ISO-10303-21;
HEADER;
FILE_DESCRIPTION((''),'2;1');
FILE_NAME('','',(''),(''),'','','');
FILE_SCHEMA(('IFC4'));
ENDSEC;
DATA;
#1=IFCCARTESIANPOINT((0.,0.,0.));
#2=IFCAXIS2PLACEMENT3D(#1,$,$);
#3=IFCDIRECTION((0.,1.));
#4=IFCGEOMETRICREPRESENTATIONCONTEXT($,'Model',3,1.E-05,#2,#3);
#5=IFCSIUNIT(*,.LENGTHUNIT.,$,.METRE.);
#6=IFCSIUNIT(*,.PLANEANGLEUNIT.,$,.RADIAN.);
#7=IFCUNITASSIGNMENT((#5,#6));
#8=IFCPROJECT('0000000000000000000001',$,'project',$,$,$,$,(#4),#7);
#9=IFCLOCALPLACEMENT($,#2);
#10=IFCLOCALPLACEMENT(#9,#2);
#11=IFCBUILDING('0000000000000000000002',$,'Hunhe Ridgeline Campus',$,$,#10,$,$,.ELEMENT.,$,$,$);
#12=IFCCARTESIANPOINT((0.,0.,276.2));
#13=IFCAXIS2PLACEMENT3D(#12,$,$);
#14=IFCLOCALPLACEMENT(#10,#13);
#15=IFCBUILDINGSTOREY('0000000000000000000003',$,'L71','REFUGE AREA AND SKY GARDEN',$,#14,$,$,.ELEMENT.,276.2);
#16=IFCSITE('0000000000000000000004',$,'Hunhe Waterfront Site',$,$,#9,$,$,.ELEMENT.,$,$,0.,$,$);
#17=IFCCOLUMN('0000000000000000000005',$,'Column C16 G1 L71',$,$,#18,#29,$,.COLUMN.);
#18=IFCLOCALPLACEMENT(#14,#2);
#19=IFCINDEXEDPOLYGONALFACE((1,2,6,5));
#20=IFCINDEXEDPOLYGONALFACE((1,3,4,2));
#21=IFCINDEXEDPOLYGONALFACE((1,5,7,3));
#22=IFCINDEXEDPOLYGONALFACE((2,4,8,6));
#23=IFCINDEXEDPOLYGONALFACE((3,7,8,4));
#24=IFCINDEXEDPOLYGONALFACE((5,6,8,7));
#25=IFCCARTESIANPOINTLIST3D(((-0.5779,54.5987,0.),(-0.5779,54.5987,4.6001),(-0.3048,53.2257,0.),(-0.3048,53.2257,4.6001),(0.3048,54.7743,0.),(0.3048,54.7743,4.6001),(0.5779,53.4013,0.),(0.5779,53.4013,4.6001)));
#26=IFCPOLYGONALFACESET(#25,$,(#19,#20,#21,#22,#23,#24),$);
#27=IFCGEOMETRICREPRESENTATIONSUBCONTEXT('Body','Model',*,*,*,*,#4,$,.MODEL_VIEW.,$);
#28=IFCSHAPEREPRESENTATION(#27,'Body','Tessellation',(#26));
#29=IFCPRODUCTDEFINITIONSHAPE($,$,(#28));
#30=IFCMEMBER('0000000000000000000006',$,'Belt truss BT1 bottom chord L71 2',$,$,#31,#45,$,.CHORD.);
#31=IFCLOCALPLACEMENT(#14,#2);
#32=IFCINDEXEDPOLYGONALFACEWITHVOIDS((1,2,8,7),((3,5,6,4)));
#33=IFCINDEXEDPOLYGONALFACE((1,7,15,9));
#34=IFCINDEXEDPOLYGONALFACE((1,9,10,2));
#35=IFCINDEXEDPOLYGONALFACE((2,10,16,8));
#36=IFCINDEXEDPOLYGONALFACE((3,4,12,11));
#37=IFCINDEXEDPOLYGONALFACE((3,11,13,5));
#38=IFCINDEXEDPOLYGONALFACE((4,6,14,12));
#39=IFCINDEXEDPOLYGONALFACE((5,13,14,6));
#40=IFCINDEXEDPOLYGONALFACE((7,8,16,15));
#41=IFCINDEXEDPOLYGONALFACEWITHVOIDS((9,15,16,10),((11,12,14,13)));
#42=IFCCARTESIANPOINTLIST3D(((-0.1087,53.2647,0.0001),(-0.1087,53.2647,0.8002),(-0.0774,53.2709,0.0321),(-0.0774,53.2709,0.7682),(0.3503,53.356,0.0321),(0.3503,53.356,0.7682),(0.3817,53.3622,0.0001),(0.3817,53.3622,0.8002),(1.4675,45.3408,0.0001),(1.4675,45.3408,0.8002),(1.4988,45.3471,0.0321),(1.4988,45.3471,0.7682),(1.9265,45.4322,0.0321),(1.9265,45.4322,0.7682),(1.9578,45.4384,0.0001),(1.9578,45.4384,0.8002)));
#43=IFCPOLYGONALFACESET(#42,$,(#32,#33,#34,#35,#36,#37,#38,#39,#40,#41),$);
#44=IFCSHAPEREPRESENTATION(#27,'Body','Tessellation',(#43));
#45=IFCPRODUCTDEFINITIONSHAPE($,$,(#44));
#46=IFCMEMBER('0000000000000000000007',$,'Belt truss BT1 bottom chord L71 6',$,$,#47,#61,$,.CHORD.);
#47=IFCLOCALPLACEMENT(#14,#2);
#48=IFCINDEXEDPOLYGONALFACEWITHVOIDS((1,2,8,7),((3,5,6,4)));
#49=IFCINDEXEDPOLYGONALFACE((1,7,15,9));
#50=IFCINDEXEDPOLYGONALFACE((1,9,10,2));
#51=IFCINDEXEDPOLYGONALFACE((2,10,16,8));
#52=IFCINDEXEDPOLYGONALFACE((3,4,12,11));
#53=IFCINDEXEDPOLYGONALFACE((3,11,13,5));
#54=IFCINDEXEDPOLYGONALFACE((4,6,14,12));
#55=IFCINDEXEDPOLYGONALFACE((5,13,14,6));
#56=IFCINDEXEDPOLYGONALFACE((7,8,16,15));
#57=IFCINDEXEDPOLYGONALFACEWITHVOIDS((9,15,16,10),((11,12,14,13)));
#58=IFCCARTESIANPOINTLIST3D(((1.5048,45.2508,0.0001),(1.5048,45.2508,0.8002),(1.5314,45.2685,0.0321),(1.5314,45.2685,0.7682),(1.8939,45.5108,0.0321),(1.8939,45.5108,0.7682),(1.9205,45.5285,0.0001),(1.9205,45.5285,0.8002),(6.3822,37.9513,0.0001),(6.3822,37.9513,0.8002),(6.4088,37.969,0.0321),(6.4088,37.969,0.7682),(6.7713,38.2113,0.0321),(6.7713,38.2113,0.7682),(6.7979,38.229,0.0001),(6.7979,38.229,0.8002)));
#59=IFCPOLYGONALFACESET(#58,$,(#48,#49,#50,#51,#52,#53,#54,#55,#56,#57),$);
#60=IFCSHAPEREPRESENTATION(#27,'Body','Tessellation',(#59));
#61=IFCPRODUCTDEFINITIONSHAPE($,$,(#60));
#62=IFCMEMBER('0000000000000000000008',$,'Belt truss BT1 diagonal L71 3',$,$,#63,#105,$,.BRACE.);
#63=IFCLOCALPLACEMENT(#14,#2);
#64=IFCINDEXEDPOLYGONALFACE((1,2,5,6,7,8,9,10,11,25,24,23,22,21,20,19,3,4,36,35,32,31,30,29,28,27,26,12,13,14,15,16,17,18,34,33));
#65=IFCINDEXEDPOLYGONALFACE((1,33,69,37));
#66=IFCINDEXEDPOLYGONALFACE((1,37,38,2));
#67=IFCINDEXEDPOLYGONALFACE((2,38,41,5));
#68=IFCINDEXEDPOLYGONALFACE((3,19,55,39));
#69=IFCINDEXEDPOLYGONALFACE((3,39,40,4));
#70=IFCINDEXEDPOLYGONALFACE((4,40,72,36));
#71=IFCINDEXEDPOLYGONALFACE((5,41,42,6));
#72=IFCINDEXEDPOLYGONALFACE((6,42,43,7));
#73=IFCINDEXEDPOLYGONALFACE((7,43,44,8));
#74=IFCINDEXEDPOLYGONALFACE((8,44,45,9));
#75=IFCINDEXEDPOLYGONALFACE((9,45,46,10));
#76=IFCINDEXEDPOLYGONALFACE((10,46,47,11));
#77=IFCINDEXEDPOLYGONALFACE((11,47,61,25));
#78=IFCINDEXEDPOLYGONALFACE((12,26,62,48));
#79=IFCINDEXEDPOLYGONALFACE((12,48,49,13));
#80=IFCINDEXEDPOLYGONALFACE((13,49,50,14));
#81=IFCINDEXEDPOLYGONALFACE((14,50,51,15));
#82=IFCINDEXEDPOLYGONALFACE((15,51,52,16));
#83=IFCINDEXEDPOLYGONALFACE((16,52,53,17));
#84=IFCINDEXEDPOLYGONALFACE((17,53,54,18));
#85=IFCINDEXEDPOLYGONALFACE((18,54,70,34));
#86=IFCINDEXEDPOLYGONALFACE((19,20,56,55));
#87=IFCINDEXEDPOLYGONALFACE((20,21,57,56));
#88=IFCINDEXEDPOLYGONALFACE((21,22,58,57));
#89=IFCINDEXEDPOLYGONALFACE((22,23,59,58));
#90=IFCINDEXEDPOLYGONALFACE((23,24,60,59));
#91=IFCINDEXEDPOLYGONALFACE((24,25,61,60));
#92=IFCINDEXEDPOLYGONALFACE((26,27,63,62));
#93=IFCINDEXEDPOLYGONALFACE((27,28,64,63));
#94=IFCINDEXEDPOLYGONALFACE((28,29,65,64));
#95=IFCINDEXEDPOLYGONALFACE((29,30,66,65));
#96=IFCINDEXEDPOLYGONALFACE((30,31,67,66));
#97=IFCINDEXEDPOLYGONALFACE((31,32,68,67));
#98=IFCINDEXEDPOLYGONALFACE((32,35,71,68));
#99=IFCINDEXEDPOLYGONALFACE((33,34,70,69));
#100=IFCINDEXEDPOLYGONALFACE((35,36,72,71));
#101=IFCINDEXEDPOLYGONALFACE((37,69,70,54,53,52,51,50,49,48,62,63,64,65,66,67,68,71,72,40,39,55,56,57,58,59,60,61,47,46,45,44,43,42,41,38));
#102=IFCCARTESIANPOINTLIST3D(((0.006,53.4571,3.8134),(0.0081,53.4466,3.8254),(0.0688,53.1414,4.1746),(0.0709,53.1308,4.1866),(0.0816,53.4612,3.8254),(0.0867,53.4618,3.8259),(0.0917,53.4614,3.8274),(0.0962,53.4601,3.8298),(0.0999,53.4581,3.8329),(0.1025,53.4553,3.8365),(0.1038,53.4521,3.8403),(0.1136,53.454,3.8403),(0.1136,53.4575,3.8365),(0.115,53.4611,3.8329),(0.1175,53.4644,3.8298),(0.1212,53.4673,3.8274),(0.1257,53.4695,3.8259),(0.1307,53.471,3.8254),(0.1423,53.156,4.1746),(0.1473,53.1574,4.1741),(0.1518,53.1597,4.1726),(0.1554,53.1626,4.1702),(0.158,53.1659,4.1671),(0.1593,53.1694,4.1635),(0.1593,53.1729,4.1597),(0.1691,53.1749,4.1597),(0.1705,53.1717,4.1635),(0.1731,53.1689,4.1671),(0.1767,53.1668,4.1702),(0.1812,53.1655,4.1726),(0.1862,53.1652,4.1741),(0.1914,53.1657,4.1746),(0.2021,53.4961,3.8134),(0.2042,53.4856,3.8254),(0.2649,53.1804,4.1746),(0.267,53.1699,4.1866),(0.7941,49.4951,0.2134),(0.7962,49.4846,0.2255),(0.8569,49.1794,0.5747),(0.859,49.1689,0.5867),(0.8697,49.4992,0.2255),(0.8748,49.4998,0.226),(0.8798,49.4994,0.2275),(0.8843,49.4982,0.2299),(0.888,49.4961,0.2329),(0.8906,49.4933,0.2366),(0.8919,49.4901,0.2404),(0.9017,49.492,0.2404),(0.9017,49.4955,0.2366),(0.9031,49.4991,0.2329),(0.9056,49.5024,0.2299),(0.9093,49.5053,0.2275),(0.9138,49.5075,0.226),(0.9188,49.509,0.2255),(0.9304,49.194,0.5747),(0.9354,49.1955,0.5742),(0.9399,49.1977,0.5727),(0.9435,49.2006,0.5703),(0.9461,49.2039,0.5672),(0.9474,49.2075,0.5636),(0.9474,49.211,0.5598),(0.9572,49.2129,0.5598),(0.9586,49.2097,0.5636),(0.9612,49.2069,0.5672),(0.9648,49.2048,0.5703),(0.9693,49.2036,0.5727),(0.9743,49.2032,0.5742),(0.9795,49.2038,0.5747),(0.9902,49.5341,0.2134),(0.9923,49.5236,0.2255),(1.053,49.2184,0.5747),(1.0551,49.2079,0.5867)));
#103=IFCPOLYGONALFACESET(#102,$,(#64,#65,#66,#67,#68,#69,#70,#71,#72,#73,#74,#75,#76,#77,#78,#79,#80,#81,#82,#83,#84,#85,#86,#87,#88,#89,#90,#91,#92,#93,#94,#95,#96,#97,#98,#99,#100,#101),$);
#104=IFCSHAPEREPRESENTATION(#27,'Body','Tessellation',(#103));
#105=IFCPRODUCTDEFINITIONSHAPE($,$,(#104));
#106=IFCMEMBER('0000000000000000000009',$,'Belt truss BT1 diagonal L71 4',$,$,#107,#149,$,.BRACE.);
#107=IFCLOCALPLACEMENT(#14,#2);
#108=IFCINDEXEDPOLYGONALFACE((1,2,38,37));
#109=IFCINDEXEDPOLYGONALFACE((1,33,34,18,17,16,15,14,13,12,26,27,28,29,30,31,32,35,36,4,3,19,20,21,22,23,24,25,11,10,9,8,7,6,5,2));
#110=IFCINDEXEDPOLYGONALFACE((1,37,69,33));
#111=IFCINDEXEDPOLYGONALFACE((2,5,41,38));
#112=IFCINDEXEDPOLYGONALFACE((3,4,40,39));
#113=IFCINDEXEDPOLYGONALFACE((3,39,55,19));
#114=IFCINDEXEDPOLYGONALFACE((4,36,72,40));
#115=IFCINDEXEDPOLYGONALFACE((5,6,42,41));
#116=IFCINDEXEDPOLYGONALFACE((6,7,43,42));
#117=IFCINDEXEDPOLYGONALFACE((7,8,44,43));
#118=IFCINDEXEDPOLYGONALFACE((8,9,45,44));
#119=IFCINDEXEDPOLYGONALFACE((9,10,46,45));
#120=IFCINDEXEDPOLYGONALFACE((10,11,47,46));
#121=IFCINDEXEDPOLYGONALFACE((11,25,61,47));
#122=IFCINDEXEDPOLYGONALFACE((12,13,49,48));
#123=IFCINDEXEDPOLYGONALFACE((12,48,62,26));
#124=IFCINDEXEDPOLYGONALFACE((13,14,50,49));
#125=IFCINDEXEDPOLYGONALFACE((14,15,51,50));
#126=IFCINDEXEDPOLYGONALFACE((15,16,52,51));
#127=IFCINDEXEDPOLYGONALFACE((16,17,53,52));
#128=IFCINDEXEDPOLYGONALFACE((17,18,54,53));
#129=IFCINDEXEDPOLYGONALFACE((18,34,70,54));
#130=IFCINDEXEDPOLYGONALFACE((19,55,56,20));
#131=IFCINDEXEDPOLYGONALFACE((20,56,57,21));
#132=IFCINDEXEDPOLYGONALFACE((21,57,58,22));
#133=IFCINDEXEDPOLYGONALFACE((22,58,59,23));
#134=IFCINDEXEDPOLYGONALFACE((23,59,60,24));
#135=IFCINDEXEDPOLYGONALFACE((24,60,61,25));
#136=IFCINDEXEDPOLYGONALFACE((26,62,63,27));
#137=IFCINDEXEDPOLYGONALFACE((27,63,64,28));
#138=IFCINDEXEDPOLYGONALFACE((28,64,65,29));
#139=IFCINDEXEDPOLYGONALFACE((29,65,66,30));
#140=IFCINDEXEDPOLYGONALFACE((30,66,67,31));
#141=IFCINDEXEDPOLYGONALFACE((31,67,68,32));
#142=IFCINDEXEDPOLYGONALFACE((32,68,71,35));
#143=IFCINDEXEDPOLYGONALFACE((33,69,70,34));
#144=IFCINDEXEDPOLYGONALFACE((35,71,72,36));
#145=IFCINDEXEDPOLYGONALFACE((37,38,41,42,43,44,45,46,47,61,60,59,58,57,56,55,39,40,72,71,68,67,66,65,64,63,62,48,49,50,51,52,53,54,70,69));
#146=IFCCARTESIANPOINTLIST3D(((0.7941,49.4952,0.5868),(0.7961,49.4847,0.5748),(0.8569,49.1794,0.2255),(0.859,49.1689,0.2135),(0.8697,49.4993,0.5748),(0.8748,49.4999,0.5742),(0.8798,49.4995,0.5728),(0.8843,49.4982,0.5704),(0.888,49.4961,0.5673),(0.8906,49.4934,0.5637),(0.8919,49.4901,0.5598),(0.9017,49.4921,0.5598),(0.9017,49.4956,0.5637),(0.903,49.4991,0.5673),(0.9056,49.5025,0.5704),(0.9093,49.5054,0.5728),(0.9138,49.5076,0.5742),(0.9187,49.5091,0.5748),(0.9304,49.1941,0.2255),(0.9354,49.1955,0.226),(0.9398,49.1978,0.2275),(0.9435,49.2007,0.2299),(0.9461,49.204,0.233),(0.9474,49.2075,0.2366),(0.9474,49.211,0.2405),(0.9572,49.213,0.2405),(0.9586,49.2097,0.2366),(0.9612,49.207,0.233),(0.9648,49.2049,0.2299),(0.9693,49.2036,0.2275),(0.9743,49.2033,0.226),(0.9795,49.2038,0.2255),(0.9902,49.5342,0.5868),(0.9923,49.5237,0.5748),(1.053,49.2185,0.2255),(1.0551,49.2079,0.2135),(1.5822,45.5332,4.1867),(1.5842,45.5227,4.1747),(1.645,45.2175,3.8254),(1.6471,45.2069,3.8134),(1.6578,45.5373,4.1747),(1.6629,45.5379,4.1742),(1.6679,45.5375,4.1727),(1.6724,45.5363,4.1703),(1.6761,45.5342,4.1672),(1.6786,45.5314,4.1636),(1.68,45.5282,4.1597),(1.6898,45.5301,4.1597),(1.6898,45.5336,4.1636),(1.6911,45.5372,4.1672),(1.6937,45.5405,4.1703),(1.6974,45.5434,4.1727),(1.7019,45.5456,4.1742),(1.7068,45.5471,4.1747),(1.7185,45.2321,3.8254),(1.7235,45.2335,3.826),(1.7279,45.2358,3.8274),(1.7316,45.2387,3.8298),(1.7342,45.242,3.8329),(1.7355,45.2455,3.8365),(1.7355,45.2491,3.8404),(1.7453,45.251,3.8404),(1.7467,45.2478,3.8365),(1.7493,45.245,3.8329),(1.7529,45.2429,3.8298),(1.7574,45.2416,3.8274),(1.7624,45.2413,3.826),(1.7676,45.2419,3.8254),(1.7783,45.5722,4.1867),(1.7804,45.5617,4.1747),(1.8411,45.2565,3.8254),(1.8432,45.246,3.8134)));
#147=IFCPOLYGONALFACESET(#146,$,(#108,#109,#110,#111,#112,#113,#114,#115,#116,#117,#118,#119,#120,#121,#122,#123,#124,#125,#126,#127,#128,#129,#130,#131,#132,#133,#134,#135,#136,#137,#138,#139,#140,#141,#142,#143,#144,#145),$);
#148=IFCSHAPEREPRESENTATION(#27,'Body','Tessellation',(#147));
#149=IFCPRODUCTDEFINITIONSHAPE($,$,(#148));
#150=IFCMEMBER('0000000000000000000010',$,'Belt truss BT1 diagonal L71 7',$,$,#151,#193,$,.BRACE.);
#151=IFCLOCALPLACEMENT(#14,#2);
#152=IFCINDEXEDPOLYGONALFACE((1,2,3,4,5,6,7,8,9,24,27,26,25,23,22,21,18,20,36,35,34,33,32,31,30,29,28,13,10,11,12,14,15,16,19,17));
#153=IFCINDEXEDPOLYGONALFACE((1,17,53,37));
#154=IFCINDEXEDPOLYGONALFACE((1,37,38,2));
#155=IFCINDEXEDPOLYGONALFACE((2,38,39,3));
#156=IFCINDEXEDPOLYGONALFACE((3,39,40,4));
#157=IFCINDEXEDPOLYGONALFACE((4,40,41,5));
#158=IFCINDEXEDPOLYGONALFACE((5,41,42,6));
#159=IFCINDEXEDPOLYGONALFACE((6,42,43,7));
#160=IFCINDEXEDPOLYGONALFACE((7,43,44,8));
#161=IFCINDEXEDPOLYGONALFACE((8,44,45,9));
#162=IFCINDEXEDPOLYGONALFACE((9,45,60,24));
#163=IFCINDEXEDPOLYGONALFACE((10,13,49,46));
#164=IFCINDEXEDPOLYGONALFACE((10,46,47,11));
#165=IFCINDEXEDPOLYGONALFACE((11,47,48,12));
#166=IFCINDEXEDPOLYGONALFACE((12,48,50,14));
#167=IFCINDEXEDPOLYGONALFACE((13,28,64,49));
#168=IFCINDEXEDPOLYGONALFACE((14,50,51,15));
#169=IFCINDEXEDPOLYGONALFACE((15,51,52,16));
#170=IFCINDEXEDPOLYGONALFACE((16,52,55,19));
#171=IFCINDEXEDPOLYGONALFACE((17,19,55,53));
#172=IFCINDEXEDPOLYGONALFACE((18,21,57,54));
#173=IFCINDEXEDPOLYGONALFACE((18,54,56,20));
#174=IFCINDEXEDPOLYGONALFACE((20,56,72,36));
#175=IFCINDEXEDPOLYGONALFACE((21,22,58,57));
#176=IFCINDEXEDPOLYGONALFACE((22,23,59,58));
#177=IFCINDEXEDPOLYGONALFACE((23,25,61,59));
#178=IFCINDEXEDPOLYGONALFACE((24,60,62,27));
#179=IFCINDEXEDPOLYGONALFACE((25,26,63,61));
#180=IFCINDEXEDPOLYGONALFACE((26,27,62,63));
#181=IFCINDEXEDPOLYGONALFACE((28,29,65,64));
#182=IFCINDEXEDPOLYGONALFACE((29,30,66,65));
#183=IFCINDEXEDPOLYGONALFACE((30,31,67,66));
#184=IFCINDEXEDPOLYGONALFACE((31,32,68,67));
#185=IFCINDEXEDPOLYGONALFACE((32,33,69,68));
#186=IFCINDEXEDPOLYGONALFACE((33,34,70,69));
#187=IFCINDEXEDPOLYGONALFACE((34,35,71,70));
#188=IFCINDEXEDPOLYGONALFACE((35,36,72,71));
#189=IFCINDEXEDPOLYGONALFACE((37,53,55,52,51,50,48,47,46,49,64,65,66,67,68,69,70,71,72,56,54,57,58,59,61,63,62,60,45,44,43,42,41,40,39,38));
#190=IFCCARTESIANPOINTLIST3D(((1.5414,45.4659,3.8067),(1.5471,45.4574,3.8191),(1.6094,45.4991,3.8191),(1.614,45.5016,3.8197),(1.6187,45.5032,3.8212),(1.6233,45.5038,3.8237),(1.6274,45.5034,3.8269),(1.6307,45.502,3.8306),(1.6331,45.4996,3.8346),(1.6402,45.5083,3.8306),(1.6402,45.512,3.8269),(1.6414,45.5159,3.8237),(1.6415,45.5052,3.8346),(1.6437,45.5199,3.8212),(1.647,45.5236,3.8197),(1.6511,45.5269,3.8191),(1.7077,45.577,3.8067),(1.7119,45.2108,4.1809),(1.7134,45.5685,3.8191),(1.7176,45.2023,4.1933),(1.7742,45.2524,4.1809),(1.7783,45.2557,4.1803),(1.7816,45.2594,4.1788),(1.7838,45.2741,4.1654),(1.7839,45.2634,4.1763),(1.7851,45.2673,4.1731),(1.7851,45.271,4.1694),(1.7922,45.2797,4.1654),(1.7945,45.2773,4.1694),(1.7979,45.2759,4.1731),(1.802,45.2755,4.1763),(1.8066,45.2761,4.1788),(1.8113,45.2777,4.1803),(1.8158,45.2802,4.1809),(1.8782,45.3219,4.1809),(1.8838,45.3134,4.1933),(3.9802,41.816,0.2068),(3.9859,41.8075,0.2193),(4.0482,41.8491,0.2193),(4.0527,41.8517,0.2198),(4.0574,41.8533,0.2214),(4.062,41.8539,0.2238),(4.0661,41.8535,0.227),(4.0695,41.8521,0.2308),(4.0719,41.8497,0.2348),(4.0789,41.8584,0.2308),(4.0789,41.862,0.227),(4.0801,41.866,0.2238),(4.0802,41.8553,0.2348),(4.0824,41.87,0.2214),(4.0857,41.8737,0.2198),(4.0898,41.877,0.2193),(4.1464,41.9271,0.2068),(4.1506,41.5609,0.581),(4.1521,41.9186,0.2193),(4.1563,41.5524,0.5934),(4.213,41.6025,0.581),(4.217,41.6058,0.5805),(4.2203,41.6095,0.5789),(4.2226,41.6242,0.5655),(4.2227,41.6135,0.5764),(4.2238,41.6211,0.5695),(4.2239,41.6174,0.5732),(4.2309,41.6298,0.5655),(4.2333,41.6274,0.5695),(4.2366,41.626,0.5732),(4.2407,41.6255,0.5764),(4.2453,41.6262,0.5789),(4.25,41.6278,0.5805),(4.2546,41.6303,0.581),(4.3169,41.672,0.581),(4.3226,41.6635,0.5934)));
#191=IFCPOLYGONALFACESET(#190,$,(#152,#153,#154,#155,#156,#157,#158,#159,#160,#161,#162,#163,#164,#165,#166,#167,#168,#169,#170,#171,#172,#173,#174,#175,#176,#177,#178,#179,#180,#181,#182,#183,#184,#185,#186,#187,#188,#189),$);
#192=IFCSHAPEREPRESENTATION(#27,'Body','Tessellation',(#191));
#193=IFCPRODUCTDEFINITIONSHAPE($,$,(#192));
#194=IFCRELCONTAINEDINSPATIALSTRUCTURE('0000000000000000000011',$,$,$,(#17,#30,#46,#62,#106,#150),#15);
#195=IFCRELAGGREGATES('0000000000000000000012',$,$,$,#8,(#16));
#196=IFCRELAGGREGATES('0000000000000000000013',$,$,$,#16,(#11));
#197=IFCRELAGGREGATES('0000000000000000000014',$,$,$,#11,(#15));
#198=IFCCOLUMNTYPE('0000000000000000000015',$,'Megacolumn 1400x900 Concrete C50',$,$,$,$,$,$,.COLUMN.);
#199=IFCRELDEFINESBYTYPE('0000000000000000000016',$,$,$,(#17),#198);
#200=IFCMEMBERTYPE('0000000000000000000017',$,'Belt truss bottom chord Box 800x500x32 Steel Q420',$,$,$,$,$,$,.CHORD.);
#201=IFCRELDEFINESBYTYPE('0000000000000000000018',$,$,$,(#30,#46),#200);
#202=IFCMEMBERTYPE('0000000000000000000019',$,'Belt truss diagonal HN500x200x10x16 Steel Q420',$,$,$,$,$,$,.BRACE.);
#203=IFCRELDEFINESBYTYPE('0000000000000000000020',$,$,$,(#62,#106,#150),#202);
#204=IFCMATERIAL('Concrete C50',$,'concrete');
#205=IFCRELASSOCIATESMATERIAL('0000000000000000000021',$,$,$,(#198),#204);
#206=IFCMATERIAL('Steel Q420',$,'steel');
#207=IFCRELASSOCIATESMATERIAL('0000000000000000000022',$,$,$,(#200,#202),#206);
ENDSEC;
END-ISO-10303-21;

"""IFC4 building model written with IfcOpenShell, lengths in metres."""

from ifc_helpers import new_model, si_unit, direction, frame, origin, origin_2d, place, context, subcontext, project, spatial, rectangle, hollow_rectangle, i_section, extrude, material, material_profile, profile_set, type_object, element, save


model = new_model("IFC4")

# Units and contexts
model_context = context("Model", 3, precision=1e-05, world=origin(), true_north=direction((0.0, 1.0)))
body_context = subcontext(model_context, "Body", "Model", "MODEL_VIEW")
ifc_project = project(units=[si_unit("LENGTHUNIT", "METRE"), si_unit("PLANEANGLEUNIT", "RADIAN")], contexts=[model_context])

# Site, building, storey
site_placement = place(None, origin())
site = spatial("IfcSite", under=ifc_project, at=site_placement, Name="Hunhe Waterfront Site", CompositionType="ELEMENT", RefElevation=0.0)
building_placement = place(site_placement, origin())
building = spatial("IfcBuilding", under=site, at=building_placement, Name="Hunhe Ridgeline Campus", CompositionType="ELEMENT")
storey_placement = place(building_placement, frame((0.0, 0.0, 276.2)))
storey = spatial("IfcBuildingStorey", under=building, at=storey_placement, Name="L71", Description="REFUGE AREA AND SKY GARDEN", CompositionType="ELEMENT", Elevation=276.2)

# Column
ifc_material_1 = material(Name="Concrete C50", Category="concrete")
ifc_material_profile_1 = material_profile(ifc_material_1, rectangle(XDim=1.3999, YDim=0.8999, at=origin_2d()))
ifc_profile_set_1 = profile_set([ifc_material_profile_1], Name="Concrete C50")
column_type = type_object("IfcColumnType", Name="Megacolumn 1400x900 Concrete C50", PredefinedType="COLUMN", material=ifc_profile_set_1)
column_placement = place(storey_placement, frame((0.0, 54.0, 0.0), z_axis=(0.0, 0.0, 1.0), x_axis=(-0.19509, 0.980785, 0.0)))
element("IfcColumn", 1, at=column_placement, inside=storey, type_object=column_type, Name="Column C16 G1 L71", PredefinedType="COLUMN", context=body_context, shape_type="SweptSolid", body=[
    extrude(rectangle(XDim=1.3999, YDim=0.8999, at=origin_2d()), origin(), (0.0, 0.0, 1.0), 4.6001),
])

# Members
ifc_material_2 = material(Name="Steel Q420", Category="steel")
ifc_material_profile_2 = material_profile(ifc_material_2, hollow_rectangle(XDim=0.5, YDim=0.8, WallThickness=0.032, at=origin_2d()))
ifc_profile_set_2 = profile_set([ifc_material_profile_2], Name="Steel Q420")
member_type_1 = type_object("IfcMemberType", Name="Belt truss bottom chord Box 800x500x32 Steel Q420", PredefinedType="CHORD", material=ifc_profile_set_2)
member_1_placement = place(storey_placement, frame((0.1365, 53.3135, 0.4001), z_axis=(0.195093, -0.980785, 0.0), x_axis=(0.980785, 0.195093, 0.0)))
element("IfcMember", 2, at=member_1_placement, inside=storey, type_object=member_type_1, Name="Belt truss BT1 bottom chord L71 2", PredefinedType="CHORD", context=body_context, shape_type="SweptSolid", body=[
    extrude(hollow_rectangle(XDim=0.5, YDim=0.8, WallThickness=0.032, at=origin_2d()), origin(), (0.0, 0.0, 1.0), 8.0791),
])
member_2_placement = place(storey_placement, frame((1.7126, 45.3896, 0.4001), z_axis=(0.555573, -0.831468, 0.0), x_axis=(0.831468, 0.555573, 0.0)))
element("IfcMember", 3, at=member_2_placement, inside=storey, type_object=member_type_1, Name="Belt truss BT1 bottom chord L71 6", PredefinedType="CHORD", context=body_context, shape_type="SweptSolid", body=[
    extrude(hollow_rectangle(XDim=0.5, YDim=0.8, WallThickness=0.032, at=origin_2d()), origin(), (0.0, 0.0, 1.0), 8.7791),
])
ifc_material_profile_3 = material_profile(ifc_material_2, i_section(OverallWidth=0.2, OverallDepth=0.5, WebThickness=0.01, FlangeThickness=0.0161, FilletRadius=0.02, at=origin_2d()))
ifc_profile_set_3 = profile_set([ifc_material_profile_3], Name="Steel Q420")
member_type_2 = type_object("IfcMemberType", Name="Belt truss diagonal HN500x200x10x16 Steel Q420", PredefinedType="BRACE", material=ifc_profile_set_3)
for number, where, z_axis, x_axis, name in (
    (4, (0.1365, 53.3135, 4.0), (0.14565, -0.732223, -0.665309), (0.980785, 0.195093, 0.0), "Belt truss BT1 diagonal L71 3"),
    (5, (0.9246, 49.3516, 0.4001), (0.14565, -0.732223, 0.665309), (0.980785, 0.195093, 0.0), "Belt truss BT1 diagonal L71 4"),
):
    element("IfcMember", number, at=place(storey_placement, frame(where, z_axis=z_axis, x_axis=x_axis)), inside=storey, type_object=member_type_2, Name=name, PredefinedType="BRACE", context=body_context, shape_type="SweptSolid", body=[
        extrude(i_section(OverallWidth=0.2, OverallDepth=0.5, WebThickness=0.01, FlangeThickness=0.0161, FilletRadius=0.02, at=origin_2d()), origin(), (0.0, 0.0, 1.0), 5.4109),
    ])
member_3_placement = place(storey_placement, frame((1.7126, 45.3896, 4.0), z_axis=(0.429581, -0.64293, -0.634114), x_axis=(0.831477, 0.55556, 0.0)))
element("IfcMember", 6, at=member_3_placement, inside=storey, type_object=member_type_2, Name="Belt truss BT1 diagonal L71 7", PredefinedType="BRACE", context=body_context, shape_type="SweptSolid", body=[
    extrude(i_section(OverallWidth=0.2, OverallDepth=0.5, WebThickness=0.01, FlangeThickness=0.0161, FilletRadius=0.02, at=origin_2d()), origin(), (0.0, 0.0, 1.0), 5.677),
])

save(model, "model.ifc")
